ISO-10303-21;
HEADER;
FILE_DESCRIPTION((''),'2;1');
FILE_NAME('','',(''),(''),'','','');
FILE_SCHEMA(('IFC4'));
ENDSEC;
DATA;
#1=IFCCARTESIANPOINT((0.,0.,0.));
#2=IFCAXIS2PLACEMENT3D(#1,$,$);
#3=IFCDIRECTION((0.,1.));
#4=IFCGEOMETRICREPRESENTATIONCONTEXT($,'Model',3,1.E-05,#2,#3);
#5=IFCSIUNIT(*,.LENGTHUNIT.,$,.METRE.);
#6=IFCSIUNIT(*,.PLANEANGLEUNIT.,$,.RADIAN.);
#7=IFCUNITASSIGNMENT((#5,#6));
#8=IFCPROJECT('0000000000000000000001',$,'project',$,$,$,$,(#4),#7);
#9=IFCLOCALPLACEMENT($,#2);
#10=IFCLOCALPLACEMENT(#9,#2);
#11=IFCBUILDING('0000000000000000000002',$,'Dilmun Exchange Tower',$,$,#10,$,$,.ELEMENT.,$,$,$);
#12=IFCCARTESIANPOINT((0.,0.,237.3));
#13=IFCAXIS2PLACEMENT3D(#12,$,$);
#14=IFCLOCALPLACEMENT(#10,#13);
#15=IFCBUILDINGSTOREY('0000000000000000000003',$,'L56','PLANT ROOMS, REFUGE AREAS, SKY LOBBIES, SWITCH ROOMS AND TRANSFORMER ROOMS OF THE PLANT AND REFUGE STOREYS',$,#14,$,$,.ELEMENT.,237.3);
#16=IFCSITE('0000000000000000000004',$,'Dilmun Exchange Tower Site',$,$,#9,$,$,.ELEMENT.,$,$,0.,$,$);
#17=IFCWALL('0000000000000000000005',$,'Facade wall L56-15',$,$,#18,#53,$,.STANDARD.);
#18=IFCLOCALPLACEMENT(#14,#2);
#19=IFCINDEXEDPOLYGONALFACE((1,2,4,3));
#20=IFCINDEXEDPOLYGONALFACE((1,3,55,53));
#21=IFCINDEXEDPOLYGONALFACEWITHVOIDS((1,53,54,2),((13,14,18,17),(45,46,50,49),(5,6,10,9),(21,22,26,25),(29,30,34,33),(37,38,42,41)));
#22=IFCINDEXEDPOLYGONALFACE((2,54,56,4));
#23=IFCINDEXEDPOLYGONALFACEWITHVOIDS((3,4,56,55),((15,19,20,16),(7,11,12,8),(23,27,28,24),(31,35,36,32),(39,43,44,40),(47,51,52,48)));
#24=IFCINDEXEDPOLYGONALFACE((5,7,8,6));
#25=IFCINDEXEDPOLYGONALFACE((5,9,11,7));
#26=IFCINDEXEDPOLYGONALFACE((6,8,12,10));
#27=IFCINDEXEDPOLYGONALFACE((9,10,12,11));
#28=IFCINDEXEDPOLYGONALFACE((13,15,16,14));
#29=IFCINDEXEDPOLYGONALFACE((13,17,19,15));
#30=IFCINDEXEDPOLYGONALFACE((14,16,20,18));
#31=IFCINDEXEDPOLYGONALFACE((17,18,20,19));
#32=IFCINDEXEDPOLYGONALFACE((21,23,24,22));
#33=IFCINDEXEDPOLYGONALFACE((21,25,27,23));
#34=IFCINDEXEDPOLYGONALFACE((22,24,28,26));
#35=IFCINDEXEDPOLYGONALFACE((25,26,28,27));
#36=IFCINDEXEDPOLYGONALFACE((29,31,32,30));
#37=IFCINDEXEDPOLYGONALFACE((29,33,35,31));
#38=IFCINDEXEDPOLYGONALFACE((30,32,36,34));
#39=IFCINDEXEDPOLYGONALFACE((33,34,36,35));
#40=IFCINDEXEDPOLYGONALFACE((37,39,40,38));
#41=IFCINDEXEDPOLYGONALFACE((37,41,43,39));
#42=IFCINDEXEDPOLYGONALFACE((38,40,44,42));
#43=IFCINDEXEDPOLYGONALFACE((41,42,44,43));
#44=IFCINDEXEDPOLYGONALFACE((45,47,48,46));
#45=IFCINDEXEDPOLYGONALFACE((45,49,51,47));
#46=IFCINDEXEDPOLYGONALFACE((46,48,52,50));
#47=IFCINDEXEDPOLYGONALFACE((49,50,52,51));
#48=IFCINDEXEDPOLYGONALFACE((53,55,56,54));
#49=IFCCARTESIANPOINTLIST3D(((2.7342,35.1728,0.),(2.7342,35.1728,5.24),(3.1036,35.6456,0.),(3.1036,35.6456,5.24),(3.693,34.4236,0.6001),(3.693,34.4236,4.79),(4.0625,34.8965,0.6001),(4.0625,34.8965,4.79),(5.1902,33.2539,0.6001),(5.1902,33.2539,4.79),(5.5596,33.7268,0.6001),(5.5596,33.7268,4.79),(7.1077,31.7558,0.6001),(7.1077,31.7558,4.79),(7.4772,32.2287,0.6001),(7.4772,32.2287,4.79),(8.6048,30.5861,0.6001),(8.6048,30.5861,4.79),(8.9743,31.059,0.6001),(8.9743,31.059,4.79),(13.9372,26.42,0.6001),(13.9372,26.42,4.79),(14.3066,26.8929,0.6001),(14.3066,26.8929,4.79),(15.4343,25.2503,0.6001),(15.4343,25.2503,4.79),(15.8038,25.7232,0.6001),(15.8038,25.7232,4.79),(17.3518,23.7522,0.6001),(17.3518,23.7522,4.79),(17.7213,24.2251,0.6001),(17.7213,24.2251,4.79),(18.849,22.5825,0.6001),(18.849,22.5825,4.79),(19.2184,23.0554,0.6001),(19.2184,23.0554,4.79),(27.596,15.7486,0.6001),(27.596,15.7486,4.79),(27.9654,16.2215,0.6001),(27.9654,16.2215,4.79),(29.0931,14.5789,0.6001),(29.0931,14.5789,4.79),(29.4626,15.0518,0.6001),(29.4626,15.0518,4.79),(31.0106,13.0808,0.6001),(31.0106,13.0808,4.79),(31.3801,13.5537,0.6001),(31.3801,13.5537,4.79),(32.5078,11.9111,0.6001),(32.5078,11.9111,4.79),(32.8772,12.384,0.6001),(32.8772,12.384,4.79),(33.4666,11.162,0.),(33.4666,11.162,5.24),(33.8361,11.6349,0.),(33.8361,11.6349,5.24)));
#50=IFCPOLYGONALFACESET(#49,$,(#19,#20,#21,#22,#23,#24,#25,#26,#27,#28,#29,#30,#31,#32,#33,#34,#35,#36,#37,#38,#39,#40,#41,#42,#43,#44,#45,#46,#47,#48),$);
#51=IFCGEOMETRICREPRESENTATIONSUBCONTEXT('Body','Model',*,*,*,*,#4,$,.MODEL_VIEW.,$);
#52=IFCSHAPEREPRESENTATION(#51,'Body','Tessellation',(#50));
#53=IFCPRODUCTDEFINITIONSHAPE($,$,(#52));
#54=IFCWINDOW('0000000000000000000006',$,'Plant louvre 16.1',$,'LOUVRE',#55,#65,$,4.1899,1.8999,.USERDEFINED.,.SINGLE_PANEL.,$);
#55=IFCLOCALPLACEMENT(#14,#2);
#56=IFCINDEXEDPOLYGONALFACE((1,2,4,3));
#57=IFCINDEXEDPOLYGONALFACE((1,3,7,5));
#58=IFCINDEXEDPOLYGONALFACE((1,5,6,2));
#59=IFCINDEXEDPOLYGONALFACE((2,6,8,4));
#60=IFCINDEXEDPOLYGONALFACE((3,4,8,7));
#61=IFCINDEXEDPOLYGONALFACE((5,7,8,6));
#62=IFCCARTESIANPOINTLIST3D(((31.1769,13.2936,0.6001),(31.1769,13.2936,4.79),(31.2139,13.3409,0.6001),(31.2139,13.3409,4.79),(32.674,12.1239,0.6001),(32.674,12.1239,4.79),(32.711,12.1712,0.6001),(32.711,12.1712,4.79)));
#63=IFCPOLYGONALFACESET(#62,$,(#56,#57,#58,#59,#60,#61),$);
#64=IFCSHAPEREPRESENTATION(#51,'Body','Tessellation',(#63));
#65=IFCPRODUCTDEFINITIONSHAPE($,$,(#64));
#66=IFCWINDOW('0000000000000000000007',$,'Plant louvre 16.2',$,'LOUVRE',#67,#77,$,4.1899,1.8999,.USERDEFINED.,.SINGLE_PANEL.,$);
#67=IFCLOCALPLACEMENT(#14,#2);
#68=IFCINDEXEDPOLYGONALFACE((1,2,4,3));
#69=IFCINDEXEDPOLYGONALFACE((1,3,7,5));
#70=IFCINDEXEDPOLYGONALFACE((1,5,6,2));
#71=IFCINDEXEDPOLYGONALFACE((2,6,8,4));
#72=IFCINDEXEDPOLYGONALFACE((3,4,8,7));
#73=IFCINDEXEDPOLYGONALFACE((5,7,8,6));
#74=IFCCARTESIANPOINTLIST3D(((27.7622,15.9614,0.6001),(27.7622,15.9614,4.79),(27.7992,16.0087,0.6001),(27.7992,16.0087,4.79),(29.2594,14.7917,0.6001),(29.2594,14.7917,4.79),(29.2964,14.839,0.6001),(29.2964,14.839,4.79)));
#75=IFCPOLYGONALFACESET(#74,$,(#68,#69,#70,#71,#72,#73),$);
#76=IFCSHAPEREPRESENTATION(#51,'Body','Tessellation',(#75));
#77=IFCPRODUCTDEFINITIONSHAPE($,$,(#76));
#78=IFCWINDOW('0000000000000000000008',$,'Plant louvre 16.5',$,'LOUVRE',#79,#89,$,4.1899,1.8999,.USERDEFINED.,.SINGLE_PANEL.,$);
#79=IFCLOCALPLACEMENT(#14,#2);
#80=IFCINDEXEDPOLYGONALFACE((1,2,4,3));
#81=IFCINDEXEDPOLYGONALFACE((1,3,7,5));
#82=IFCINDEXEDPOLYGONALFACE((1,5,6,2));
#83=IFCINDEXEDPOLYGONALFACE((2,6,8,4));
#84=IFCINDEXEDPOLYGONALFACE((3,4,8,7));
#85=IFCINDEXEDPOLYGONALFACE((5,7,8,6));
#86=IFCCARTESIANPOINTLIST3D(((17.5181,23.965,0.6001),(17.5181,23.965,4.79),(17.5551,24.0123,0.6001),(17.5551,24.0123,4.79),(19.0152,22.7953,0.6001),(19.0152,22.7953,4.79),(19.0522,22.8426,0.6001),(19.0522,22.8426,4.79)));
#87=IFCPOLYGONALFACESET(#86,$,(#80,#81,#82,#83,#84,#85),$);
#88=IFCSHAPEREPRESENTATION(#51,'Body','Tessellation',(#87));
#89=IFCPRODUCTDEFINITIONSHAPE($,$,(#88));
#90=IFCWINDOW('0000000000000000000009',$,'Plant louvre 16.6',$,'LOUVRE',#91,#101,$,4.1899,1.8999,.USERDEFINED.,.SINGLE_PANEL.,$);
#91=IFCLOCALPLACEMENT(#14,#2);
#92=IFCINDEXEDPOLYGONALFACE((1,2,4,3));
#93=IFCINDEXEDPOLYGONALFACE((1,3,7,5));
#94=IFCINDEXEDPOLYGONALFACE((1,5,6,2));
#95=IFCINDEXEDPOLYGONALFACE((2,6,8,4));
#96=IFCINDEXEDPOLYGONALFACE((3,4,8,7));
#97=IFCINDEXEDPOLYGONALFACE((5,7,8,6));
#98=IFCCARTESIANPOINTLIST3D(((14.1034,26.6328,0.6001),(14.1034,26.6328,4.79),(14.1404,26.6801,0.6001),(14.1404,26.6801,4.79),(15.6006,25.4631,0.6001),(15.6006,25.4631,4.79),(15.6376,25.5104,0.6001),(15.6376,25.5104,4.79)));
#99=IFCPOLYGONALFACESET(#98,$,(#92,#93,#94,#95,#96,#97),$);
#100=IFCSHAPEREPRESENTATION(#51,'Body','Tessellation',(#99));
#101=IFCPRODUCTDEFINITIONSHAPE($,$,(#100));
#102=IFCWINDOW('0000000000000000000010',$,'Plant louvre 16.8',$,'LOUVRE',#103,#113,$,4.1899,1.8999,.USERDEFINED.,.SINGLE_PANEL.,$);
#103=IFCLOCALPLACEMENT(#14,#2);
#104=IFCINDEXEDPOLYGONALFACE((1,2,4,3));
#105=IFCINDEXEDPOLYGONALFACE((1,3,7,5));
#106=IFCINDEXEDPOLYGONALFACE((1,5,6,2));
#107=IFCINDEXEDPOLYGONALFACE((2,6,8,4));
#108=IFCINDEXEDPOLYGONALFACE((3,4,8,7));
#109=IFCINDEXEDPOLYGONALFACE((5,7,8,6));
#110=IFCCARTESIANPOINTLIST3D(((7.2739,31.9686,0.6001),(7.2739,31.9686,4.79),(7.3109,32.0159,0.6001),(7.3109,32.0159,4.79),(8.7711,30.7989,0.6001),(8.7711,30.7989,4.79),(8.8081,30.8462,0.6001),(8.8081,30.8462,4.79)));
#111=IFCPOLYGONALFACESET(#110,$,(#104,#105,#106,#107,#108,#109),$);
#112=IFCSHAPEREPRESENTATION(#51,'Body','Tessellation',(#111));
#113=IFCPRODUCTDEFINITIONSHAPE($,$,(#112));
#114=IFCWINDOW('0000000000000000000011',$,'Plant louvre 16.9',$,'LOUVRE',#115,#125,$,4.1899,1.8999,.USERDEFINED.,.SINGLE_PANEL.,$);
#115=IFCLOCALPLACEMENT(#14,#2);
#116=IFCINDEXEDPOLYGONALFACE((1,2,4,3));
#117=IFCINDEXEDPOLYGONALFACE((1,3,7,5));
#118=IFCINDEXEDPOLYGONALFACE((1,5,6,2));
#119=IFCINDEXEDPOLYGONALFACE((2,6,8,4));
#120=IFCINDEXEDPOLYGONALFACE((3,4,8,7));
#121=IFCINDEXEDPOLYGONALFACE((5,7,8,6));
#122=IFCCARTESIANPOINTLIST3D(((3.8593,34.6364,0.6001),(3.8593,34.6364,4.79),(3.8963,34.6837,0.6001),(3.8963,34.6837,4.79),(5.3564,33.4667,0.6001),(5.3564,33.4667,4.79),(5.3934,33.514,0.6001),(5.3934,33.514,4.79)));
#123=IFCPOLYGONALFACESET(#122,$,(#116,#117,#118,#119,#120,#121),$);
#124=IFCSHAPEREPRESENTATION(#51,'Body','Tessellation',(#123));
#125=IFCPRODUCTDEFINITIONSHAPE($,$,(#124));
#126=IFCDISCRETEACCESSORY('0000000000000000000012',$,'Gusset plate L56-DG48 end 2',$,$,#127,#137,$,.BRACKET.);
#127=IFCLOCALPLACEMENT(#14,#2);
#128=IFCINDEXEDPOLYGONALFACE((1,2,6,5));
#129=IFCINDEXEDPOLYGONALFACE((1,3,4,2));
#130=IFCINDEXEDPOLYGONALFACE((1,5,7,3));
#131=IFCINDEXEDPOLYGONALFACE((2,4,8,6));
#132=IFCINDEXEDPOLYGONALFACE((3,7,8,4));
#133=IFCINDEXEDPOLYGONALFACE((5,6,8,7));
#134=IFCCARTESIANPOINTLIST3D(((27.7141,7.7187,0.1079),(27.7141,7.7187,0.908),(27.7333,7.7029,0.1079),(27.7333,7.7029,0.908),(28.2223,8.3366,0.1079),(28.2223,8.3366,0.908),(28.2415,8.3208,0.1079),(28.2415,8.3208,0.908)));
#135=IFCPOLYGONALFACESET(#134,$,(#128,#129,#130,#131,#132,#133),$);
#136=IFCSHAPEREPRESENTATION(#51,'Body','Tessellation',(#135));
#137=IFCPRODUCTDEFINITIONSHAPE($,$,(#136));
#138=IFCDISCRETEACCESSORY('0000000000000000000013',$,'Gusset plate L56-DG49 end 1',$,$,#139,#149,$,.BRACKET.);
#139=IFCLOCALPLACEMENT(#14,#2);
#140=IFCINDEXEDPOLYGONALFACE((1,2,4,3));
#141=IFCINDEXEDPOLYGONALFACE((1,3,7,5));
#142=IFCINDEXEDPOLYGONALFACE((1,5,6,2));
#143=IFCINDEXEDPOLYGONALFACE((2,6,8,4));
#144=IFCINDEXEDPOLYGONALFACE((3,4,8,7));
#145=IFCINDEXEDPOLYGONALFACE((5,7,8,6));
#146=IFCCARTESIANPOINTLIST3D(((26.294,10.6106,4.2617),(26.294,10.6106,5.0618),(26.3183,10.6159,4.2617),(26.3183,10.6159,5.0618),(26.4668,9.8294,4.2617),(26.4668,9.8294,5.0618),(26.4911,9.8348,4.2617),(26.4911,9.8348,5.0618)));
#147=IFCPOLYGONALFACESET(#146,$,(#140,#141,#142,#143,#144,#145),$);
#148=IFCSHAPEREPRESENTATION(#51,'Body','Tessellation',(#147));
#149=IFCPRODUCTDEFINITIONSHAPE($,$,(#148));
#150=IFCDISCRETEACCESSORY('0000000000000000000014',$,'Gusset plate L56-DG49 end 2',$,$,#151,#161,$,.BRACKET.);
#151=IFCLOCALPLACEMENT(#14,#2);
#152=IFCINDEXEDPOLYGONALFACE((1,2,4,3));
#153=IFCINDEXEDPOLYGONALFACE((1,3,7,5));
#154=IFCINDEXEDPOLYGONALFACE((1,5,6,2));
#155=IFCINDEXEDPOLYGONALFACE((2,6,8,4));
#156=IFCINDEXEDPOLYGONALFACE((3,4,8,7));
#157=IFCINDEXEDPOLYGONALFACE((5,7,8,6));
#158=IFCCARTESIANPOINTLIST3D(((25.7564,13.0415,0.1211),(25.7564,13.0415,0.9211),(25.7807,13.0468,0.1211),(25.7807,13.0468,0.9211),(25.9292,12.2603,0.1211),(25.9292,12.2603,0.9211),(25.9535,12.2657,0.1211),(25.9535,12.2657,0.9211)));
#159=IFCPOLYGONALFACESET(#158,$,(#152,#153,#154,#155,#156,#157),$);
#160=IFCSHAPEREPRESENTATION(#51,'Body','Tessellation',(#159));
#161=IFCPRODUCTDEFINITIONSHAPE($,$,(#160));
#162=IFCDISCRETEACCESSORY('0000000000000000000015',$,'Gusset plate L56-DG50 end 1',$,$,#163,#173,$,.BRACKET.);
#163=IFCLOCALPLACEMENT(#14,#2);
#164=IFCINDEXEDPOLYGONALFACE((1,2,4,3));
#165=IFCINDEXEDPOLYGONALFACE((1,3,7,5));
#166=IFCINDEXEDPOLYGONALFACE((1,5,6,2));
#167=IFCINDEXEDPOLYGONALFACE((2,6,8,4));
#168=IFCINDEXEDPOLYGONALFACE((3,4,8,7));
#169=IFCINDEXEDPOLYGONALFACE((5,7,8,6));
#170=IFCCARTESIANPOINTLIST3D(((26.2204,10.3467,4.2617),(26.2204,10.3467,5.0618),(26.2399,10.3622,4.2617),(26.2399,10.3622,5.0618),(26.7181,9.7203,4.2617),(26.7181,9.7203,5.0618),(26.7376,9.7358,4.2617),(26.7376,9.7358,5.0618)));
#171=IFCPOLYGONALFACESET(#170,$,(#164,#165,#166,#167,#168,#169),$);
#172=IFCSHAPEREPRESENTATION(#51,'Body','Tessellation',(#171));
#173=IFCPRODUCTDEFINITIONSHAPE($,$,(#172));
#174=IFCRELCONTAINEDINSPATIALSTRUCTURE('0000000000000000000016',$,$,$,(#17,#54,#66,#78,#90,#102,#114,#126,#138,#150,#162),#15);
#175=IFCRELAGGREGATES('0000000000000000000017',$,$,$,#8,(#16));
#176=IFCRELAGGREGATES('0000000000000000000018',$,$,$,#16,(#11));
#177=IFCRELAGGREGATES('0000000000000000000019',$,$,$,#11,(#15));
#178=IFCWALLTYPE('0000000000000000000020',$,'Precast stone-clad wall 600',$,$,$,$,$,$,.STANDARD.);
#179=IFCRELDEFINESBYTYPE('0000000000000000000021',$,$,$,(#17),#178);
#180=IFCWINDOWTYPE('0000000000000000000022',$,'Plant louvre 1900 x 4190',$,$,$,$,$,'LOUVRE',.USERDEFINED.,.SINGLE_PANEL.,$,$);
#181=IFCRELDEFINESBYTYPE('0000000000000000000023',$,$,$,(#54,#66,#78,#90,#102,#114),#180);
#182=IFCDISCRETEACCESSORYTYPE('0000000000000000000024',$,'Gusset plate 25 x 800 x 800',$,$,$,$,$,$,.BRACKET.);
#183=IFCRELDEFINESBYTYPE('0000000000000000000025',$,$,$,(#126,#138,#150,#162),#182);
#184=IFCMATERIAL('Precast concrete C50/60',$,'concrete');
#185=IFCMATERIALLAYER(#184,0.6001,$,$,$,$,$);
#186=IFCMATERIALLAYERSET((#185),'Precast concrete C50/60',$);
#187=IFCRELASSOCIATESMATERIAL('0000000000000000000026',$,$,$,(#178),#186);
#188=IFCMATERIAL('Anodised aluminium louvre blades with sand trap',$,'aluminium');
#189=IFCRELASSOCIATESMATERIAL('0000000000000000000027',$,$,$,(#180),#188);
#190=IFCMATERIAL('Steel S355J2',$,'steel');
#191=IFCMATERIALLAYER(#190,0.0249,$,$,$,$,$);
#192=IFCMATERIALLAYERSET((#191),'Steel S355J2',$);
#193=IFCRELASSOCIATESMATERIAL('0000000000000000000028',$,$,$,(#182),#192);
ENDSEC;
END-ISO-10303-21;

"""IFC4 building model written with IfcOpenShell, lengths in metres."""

from ifc_helpers import new_model, si_unit, direction, frame, frame_2d, origin, origin_2d, place, context, subcontext, project, spatial, rectangle, extrude, material, layer, layer_set, type_object, element, fill, save


model = new_model("IFC4")

# Units and contexts
model_context = context("Model", 3, precision=1e-05, world=origin(), true_north=direction((0.0, 1.0)))
body_context = subcontext(model_context, "Body", "Model", "MODEL_VIEW")
ifc_project = project(units=[si_unit("LENGTHUNIT", "METRE"), si_unit("PLANEANGLEUNIT", "RADIAN")], contexts=[model_context])

# Site, building, storey
site_placement = place(None, origin())
site = spatial("IfcSite", under=ifc_project, at=site_placement, Name="Dilmun Exchange Tower Site", CompositionType="ELEMENT", RefElevation=0.0)
building_placement = place(site_placement, origin())
building = spatial("IfcBuilding", under=site, at=building_placement, Name="Dilmun Exchange Tower", CompositionType="ELEMENT")
storey_placement = place(building_placement, frame((0.0, 0.0, 237.3)))
storey = spatial("IfcBuildingStorey", under=building, at=storey_placement, Name="L56", Description="PLANT ROOMS, REFUGE AREAS, SKY LOBBIES, SWITCH ROOMS AND TRANSFORMER ROOMS OF THE PLANT AND REFUGE STOREYS", CompositionType="ELEMENT", Elevation=237.3)

# Shared definitions
ifc_material_1 = material(Name="Precast concrete C50/60", Category="concrete")
ifc_layer_1 = layer(ifc_material_1, 0.6001)
ifc_layer_set_1 = layer_set([ifc_layer_1], Name="Precast concrete C50/60")
wall_type_1 = type_object("IfcWallType", Name="Precast stone-clad wall 600", PredefinedType="STANDARD", material=ifc_layer_set_1)

# Wall, openings, windows
wall_1_placement = place(storey_placement, frame((33.6514, 11.3984, 0.0), z_axis=(0.0, 0.0, 1.0), x_axis=(-0.788011, 0.615661, 0.0)))
wall_1 = element("IfcWall", 1, at=wall_1_placement, inside=storey, type_object=wall_type_1, Name="Facade wall L56-15", PredefinedType="STANDARD", context=body_context, shape_type="SweptSolid", body=[
    extrude(rectangle(XDim=39.0, YDim=0.6001, at=frame_2d((19.5, 0.0))), origin(), (0.0, 0.0, 1.0), 5.24),
])
opening_1_placement = place(wall_1_placement, frame((1.2168, 0.0, 0.6001)))
opening_1 = element("IfcOpeningElement", 2, at=opening_1_placement, cuts=wall_1, PredefinedType="OPENING", context=body_context, shape_type="SweptSolid", body=[
    extrude(rectangle(XDim=1.8999, YDim=4.1899, at=frame_2d((0.95, 2.095))), frame((0.0, 0.3101, 0.0), z_axis=(0.0, -1.0, 0.0), x_axis=(1.0, 0.0, 0.0)), (0.0, 0.0, 1.0), 0.6201),
])
opening_2_placement = place(wall_1_placement, frame((5.55, 0.0, 0.6001)))
opening_2 = element("IfcOpeningElement", 3, at=opening_2_placement, cuts=wall_1, PredefinedType="OPENING", context=body_context, shape_type="SweptSolid", body=[
    extrude(rectangle(XDim=1.8999, YDim=4.1899, at=frame_2d((0.95, 2.095))), frame((0.0, 0.3101, 0.0), z_axis=(0.0, -1.0, 0.0), x_axis=(1.0, 0.0, 0.0)), (0.0, 0.0, 1.0), 0.6201),
])
opening_3_placement = place(wall_1_placement, frame((18.55, 0.0, 0.6001)))
opening_3 = element("IfcOpeningElement", 4, at=opening_3_placement, cuts=wall_1, PredefinedType="OPENING", context=body_context, shape_type="SweptSolid", body=[
    extrude(rectangle(XDim=1.8999, YDim=4.1899, at=frame_2d((0.95, 2.095))), frame((0.0, 0.3101, 0.0), z_axis=(0.0, -1.0, 0.0), x_axis=(1.0, 0.0, 0.0)), (0.0, 0.0, 1.0), 0.6201),
])
opening_4_placement = place(wall_1_placement, frame((22.8833, 0.0, 0.6001)))
opening_4 = element("IfcOpeningElement", 5, at=opening_4_placement, cuts=wall_1, PredefinedType="OPENING", context=body_context, shape_type="SweptSolid", body=[
    extrude(rectangle(XDim=1.8999, YDim=4.1899, at=frame_2d((0.95, 2.095))), frame((0.0, 0.3101, 0.0), z_axis=(0.0, -1.0, 0.0), x_axis=(1.0, 0.0, 0.0)), (0.0, 0.0, 1.0), 0.6201),
])
opening_5_placement = place(wall_1_placement, frame((31.55, 0.0, 0.6001)))
opening_5 = element("IfcOpeningElement", 6, at=opening_5_placement, cuts=wall_1, PredefinedType="OPENING", context=body_context, shape_type="SweptSolid", body=[
    extrude(rectangle(XDim=1.8999, YDim=4.1899, at=frame_2d((0.95, 2.095))), frame((0.0, 0.3101, 0.0), z_axis=(0.0, -1.0, 0.0), x_axis=(1.0, 0.0, 0.0)), (0.0, 0.0, 1.0), 0.6201),
])
opening_6_placement = place(wall_1_placement, frame((35.8833, 0.0, 0.6001)))
opening_6 = element("IfcOpeningElement", 7, at=opening_6_placement, cuts=wall_1, PredefinedType="OPENING", context=body_context, shape_type="SweptSolid", body=[
    extrude(rectangle(XDim=1.8999, YDim=4.1899, at=frame_2d((0.95, 2.095))), frame((0.0, 0.3101, 0.0), z_axis=(0.0, -1.0, 0.0), x_axis=(1.0, 0.0, 0.0)), (0.0, 0.0, 1.0), 0.6201),
])
ifc_material_2 = material(Name="Anodised aluminium louvre blades with sand trap", Category="aluminium")
window_type = type_object("IfcWindowType", Name="Plant louvre 1900 x 4190", ElementType="LOUVRE", PartitioningType="SINGLE_PANEL", PredefinedType="USERDEFINED", material=ifc_material_2)
window_1_placement = place(opening_1_placement, origin())
window_1 = element("IfcWindow", 8, at=window_1_placement, inside=storey, type_object=window_type, Name="Plant louvre 16.1", ObjectType="LOUVRE", OverallHeight=4.1899, OverallWidth=1.8999, PartitioningType="SINGLE_PANEL", PredefinedType="USERDEFINED", context=body_context, shape_type="SweptSolid", body=[
    extrude(rectangle(XDim=1.8999, YDim=4.1899, at=frame_2d((0.95, 2.095))), frame((0.0, 0.03, 0.0), z_axis=(0.0, -1.0, 0.0), x_axis=(1.0, 0.0, 0.0)), (0.0, 0.0, 1.0), 0.0601),
])
fill(opening_1, window_1)
window_2_placement = place(opening_2_placement, origin())
window_2 = element("IfcWindow", 9, at=window_2_placement, inside=storey, type_object=window_type, Name="Plant louvre 16.2", ObjectType="LOUVRE", OverallHeight=4.1899, OverallWidth=1.8999, PartitioningType="SINGLE_PANEL", PredefinedType="USERDEFINED", context=body_context, shape_type="SweptSolid", body=[
    extrude(rectangle(XDim=1.8999, YDim=4.1899, at=frame_2d((0.95, 2.095))), frame((0.0, 0.03, 0.0), z_axis=(0.0, -1.0, 0.0), x_axis=(1.0, 0.0, 0.0)), (0.0, 0.0, 1.0), 0.0601),
])
fill(opening_2, window_2)
window_3_placement = place(opening_3_placement, origin())
window_3 = element("IfcWindow", 10, at=window_3_placement, inside=storey, type_object=window_type, Name="Plant louvre 16.5", ObjectType="LOUVRE", OverallHeight=4.1899, OverallWidth=1.8999, PartitioningType="SINGLE_PANEL", PredefinedType="USERDEFINED", context=body_context, shape_type="SweptSolid", body=[
    extrude(rectangle(XDim=1.8999, YDim=4.1899, at=frame_2d((0.95, 2.095))), frame((0.0, 0.03, 0.0), z_axis=(0.0, -1.0, 0.0), x_axis=(1.0, 0.0, 0.0)), (0.0, 0.0, 1.0), 0.0601),
])
fill(opening_3, window_3)
window_4_placement = place(opening_4_placement, origin())
window_4 = element("IfcWindow", 11, at=window_4_placement, inside=storey, type_object=window_type, Name="Plant louvre 16.6", ObjectType="LOUVRE", OverallHeight=4.1899, OverallWidth=1.8999, PartitioningType="SINGLE_PANEL", PredefinedType="USERDEFINED", context=body_context, shape_type="SweptSolid", body=[
    extrude(rectangle(XDim=1.8999, YDim=4.1899, at=frame_2d((0.95, 2.095))), frame((0.0, 0.03, 0.0), z_axis=(0.0, -1.0, 0.0), x_axis=(1.0, 0.0, 0.0)), (0.0, 0.0, 1.0), 0.0601),
])
fill(opening_4, window_4)
window_5_placement = place(opening_5_placement, origin())
window_5 = element("IfcWindow", 12, at=window_5_placement, inside=storey, type_object=window_type, Name="Plant louvre 16.8", ObjectType="LOUVRE", OverallHeight=4.1899, OverallWidth=1.8999, PartitioningType="SINGLE_PANEL", PredefinedType="USERDEFINED", context=body_context, shape_type="SweptSolid", body=[
    extrude(rectangle(XDim=1.8999, YDim=4.1899, at=frame_2d((0.95, 2.095))), frame((0.0, 0.03, 0.0), z_axis=(0.0, -1.0, 0.0), x_axis=(1.0, 0.0, 0.0)), (0.0, 0.0, 1.0), 0.0601),
])
fill(opening_5, window_5)
window_6_placement = place(opening_6_placement, origin())
window_6 = element("IfcWindow", 13, at=window_6_placement, inside=storey, type_object=window_type, Name="Plant louvre 16.9", ObjectType="LOUVRE", OverallHeight=4.1899, OverallWidth=1.8999, PartitioningType="SINGLE_PANEL", PredefinedType="USERDEFINED", context=body_context, shape_type="SweptSolid", body=[
    extrude(rectangle(XDim=1.8999, YDim=4.1899, at=frame_2d((0.95, 2.095))), frame((0.0, 0.03, 0.0), z_axis=(0.0, -1.0, 0.0), x_axis=(1.0, 0.0, 0.0)), (0.0, 0.0, 1.0), 0.0601),
])
fill(opening_6, window_6)

# Discrete accessories
ifc_material_3 = material(Name="Steel S355J2", Category="steel")
ifc_layer_2 = layer(ifc_material_3, 0.0249)
ifc_layer_set_2 = layer_set([ifc_layer_2], Name="Steel S355J2")
discrete_accessory_type = type_object("IfcDiscreteAccessoryType", Name="Gusset plate 25 x 800 x 800", PredefinedType="BRACKET", material=ifc_layer_set_2)
for number, where, z_axis, x_axis, name in (
    (14, (27.9778, 8.0198, 0.1079), (0.0, 0.0, 1.0), (0.635202, 0.772346, 0.0), "Gusset plate L56-DG48 end 2"),
    (15, (26.3926, 10.2227, 4.2617), (0.0, 0.0, 1.0), (-0.215973, 0.976399, 0.0), "Gusset plate L56-DG49 end 1"),
    (16, (25.855, 12.6536, 0.1211), (0.0, 0.0, 1.0), (-0.215973, 0.976399, 0.0), "Gusset plate L56-DG49 end 2"),
    (17, (26.479, 10.0413, 4.2617), (0.0, 0.0, 1.0), (0.622087, -0.782948, 0.0), "Gusset plate L56-DG50 end 1"),
):
    element("IfcDiscreteAccessory", number, at=place(storey_placement, frame(where, z_axis=z_axis, x_axis=x_axis)), inside=storey, type_object=discrete_accessory_type, Name=name, PredefinedType="BRACKET", context=body_context, shape_type="SweptSolid", body=[
        extrude(rectangle(XDim=0.8, YDim=0.0249, at=origin_2d()), origin(), (0.0, 0.0, 1.0), 0.8),
    ])

save(model, "model.ifc")
